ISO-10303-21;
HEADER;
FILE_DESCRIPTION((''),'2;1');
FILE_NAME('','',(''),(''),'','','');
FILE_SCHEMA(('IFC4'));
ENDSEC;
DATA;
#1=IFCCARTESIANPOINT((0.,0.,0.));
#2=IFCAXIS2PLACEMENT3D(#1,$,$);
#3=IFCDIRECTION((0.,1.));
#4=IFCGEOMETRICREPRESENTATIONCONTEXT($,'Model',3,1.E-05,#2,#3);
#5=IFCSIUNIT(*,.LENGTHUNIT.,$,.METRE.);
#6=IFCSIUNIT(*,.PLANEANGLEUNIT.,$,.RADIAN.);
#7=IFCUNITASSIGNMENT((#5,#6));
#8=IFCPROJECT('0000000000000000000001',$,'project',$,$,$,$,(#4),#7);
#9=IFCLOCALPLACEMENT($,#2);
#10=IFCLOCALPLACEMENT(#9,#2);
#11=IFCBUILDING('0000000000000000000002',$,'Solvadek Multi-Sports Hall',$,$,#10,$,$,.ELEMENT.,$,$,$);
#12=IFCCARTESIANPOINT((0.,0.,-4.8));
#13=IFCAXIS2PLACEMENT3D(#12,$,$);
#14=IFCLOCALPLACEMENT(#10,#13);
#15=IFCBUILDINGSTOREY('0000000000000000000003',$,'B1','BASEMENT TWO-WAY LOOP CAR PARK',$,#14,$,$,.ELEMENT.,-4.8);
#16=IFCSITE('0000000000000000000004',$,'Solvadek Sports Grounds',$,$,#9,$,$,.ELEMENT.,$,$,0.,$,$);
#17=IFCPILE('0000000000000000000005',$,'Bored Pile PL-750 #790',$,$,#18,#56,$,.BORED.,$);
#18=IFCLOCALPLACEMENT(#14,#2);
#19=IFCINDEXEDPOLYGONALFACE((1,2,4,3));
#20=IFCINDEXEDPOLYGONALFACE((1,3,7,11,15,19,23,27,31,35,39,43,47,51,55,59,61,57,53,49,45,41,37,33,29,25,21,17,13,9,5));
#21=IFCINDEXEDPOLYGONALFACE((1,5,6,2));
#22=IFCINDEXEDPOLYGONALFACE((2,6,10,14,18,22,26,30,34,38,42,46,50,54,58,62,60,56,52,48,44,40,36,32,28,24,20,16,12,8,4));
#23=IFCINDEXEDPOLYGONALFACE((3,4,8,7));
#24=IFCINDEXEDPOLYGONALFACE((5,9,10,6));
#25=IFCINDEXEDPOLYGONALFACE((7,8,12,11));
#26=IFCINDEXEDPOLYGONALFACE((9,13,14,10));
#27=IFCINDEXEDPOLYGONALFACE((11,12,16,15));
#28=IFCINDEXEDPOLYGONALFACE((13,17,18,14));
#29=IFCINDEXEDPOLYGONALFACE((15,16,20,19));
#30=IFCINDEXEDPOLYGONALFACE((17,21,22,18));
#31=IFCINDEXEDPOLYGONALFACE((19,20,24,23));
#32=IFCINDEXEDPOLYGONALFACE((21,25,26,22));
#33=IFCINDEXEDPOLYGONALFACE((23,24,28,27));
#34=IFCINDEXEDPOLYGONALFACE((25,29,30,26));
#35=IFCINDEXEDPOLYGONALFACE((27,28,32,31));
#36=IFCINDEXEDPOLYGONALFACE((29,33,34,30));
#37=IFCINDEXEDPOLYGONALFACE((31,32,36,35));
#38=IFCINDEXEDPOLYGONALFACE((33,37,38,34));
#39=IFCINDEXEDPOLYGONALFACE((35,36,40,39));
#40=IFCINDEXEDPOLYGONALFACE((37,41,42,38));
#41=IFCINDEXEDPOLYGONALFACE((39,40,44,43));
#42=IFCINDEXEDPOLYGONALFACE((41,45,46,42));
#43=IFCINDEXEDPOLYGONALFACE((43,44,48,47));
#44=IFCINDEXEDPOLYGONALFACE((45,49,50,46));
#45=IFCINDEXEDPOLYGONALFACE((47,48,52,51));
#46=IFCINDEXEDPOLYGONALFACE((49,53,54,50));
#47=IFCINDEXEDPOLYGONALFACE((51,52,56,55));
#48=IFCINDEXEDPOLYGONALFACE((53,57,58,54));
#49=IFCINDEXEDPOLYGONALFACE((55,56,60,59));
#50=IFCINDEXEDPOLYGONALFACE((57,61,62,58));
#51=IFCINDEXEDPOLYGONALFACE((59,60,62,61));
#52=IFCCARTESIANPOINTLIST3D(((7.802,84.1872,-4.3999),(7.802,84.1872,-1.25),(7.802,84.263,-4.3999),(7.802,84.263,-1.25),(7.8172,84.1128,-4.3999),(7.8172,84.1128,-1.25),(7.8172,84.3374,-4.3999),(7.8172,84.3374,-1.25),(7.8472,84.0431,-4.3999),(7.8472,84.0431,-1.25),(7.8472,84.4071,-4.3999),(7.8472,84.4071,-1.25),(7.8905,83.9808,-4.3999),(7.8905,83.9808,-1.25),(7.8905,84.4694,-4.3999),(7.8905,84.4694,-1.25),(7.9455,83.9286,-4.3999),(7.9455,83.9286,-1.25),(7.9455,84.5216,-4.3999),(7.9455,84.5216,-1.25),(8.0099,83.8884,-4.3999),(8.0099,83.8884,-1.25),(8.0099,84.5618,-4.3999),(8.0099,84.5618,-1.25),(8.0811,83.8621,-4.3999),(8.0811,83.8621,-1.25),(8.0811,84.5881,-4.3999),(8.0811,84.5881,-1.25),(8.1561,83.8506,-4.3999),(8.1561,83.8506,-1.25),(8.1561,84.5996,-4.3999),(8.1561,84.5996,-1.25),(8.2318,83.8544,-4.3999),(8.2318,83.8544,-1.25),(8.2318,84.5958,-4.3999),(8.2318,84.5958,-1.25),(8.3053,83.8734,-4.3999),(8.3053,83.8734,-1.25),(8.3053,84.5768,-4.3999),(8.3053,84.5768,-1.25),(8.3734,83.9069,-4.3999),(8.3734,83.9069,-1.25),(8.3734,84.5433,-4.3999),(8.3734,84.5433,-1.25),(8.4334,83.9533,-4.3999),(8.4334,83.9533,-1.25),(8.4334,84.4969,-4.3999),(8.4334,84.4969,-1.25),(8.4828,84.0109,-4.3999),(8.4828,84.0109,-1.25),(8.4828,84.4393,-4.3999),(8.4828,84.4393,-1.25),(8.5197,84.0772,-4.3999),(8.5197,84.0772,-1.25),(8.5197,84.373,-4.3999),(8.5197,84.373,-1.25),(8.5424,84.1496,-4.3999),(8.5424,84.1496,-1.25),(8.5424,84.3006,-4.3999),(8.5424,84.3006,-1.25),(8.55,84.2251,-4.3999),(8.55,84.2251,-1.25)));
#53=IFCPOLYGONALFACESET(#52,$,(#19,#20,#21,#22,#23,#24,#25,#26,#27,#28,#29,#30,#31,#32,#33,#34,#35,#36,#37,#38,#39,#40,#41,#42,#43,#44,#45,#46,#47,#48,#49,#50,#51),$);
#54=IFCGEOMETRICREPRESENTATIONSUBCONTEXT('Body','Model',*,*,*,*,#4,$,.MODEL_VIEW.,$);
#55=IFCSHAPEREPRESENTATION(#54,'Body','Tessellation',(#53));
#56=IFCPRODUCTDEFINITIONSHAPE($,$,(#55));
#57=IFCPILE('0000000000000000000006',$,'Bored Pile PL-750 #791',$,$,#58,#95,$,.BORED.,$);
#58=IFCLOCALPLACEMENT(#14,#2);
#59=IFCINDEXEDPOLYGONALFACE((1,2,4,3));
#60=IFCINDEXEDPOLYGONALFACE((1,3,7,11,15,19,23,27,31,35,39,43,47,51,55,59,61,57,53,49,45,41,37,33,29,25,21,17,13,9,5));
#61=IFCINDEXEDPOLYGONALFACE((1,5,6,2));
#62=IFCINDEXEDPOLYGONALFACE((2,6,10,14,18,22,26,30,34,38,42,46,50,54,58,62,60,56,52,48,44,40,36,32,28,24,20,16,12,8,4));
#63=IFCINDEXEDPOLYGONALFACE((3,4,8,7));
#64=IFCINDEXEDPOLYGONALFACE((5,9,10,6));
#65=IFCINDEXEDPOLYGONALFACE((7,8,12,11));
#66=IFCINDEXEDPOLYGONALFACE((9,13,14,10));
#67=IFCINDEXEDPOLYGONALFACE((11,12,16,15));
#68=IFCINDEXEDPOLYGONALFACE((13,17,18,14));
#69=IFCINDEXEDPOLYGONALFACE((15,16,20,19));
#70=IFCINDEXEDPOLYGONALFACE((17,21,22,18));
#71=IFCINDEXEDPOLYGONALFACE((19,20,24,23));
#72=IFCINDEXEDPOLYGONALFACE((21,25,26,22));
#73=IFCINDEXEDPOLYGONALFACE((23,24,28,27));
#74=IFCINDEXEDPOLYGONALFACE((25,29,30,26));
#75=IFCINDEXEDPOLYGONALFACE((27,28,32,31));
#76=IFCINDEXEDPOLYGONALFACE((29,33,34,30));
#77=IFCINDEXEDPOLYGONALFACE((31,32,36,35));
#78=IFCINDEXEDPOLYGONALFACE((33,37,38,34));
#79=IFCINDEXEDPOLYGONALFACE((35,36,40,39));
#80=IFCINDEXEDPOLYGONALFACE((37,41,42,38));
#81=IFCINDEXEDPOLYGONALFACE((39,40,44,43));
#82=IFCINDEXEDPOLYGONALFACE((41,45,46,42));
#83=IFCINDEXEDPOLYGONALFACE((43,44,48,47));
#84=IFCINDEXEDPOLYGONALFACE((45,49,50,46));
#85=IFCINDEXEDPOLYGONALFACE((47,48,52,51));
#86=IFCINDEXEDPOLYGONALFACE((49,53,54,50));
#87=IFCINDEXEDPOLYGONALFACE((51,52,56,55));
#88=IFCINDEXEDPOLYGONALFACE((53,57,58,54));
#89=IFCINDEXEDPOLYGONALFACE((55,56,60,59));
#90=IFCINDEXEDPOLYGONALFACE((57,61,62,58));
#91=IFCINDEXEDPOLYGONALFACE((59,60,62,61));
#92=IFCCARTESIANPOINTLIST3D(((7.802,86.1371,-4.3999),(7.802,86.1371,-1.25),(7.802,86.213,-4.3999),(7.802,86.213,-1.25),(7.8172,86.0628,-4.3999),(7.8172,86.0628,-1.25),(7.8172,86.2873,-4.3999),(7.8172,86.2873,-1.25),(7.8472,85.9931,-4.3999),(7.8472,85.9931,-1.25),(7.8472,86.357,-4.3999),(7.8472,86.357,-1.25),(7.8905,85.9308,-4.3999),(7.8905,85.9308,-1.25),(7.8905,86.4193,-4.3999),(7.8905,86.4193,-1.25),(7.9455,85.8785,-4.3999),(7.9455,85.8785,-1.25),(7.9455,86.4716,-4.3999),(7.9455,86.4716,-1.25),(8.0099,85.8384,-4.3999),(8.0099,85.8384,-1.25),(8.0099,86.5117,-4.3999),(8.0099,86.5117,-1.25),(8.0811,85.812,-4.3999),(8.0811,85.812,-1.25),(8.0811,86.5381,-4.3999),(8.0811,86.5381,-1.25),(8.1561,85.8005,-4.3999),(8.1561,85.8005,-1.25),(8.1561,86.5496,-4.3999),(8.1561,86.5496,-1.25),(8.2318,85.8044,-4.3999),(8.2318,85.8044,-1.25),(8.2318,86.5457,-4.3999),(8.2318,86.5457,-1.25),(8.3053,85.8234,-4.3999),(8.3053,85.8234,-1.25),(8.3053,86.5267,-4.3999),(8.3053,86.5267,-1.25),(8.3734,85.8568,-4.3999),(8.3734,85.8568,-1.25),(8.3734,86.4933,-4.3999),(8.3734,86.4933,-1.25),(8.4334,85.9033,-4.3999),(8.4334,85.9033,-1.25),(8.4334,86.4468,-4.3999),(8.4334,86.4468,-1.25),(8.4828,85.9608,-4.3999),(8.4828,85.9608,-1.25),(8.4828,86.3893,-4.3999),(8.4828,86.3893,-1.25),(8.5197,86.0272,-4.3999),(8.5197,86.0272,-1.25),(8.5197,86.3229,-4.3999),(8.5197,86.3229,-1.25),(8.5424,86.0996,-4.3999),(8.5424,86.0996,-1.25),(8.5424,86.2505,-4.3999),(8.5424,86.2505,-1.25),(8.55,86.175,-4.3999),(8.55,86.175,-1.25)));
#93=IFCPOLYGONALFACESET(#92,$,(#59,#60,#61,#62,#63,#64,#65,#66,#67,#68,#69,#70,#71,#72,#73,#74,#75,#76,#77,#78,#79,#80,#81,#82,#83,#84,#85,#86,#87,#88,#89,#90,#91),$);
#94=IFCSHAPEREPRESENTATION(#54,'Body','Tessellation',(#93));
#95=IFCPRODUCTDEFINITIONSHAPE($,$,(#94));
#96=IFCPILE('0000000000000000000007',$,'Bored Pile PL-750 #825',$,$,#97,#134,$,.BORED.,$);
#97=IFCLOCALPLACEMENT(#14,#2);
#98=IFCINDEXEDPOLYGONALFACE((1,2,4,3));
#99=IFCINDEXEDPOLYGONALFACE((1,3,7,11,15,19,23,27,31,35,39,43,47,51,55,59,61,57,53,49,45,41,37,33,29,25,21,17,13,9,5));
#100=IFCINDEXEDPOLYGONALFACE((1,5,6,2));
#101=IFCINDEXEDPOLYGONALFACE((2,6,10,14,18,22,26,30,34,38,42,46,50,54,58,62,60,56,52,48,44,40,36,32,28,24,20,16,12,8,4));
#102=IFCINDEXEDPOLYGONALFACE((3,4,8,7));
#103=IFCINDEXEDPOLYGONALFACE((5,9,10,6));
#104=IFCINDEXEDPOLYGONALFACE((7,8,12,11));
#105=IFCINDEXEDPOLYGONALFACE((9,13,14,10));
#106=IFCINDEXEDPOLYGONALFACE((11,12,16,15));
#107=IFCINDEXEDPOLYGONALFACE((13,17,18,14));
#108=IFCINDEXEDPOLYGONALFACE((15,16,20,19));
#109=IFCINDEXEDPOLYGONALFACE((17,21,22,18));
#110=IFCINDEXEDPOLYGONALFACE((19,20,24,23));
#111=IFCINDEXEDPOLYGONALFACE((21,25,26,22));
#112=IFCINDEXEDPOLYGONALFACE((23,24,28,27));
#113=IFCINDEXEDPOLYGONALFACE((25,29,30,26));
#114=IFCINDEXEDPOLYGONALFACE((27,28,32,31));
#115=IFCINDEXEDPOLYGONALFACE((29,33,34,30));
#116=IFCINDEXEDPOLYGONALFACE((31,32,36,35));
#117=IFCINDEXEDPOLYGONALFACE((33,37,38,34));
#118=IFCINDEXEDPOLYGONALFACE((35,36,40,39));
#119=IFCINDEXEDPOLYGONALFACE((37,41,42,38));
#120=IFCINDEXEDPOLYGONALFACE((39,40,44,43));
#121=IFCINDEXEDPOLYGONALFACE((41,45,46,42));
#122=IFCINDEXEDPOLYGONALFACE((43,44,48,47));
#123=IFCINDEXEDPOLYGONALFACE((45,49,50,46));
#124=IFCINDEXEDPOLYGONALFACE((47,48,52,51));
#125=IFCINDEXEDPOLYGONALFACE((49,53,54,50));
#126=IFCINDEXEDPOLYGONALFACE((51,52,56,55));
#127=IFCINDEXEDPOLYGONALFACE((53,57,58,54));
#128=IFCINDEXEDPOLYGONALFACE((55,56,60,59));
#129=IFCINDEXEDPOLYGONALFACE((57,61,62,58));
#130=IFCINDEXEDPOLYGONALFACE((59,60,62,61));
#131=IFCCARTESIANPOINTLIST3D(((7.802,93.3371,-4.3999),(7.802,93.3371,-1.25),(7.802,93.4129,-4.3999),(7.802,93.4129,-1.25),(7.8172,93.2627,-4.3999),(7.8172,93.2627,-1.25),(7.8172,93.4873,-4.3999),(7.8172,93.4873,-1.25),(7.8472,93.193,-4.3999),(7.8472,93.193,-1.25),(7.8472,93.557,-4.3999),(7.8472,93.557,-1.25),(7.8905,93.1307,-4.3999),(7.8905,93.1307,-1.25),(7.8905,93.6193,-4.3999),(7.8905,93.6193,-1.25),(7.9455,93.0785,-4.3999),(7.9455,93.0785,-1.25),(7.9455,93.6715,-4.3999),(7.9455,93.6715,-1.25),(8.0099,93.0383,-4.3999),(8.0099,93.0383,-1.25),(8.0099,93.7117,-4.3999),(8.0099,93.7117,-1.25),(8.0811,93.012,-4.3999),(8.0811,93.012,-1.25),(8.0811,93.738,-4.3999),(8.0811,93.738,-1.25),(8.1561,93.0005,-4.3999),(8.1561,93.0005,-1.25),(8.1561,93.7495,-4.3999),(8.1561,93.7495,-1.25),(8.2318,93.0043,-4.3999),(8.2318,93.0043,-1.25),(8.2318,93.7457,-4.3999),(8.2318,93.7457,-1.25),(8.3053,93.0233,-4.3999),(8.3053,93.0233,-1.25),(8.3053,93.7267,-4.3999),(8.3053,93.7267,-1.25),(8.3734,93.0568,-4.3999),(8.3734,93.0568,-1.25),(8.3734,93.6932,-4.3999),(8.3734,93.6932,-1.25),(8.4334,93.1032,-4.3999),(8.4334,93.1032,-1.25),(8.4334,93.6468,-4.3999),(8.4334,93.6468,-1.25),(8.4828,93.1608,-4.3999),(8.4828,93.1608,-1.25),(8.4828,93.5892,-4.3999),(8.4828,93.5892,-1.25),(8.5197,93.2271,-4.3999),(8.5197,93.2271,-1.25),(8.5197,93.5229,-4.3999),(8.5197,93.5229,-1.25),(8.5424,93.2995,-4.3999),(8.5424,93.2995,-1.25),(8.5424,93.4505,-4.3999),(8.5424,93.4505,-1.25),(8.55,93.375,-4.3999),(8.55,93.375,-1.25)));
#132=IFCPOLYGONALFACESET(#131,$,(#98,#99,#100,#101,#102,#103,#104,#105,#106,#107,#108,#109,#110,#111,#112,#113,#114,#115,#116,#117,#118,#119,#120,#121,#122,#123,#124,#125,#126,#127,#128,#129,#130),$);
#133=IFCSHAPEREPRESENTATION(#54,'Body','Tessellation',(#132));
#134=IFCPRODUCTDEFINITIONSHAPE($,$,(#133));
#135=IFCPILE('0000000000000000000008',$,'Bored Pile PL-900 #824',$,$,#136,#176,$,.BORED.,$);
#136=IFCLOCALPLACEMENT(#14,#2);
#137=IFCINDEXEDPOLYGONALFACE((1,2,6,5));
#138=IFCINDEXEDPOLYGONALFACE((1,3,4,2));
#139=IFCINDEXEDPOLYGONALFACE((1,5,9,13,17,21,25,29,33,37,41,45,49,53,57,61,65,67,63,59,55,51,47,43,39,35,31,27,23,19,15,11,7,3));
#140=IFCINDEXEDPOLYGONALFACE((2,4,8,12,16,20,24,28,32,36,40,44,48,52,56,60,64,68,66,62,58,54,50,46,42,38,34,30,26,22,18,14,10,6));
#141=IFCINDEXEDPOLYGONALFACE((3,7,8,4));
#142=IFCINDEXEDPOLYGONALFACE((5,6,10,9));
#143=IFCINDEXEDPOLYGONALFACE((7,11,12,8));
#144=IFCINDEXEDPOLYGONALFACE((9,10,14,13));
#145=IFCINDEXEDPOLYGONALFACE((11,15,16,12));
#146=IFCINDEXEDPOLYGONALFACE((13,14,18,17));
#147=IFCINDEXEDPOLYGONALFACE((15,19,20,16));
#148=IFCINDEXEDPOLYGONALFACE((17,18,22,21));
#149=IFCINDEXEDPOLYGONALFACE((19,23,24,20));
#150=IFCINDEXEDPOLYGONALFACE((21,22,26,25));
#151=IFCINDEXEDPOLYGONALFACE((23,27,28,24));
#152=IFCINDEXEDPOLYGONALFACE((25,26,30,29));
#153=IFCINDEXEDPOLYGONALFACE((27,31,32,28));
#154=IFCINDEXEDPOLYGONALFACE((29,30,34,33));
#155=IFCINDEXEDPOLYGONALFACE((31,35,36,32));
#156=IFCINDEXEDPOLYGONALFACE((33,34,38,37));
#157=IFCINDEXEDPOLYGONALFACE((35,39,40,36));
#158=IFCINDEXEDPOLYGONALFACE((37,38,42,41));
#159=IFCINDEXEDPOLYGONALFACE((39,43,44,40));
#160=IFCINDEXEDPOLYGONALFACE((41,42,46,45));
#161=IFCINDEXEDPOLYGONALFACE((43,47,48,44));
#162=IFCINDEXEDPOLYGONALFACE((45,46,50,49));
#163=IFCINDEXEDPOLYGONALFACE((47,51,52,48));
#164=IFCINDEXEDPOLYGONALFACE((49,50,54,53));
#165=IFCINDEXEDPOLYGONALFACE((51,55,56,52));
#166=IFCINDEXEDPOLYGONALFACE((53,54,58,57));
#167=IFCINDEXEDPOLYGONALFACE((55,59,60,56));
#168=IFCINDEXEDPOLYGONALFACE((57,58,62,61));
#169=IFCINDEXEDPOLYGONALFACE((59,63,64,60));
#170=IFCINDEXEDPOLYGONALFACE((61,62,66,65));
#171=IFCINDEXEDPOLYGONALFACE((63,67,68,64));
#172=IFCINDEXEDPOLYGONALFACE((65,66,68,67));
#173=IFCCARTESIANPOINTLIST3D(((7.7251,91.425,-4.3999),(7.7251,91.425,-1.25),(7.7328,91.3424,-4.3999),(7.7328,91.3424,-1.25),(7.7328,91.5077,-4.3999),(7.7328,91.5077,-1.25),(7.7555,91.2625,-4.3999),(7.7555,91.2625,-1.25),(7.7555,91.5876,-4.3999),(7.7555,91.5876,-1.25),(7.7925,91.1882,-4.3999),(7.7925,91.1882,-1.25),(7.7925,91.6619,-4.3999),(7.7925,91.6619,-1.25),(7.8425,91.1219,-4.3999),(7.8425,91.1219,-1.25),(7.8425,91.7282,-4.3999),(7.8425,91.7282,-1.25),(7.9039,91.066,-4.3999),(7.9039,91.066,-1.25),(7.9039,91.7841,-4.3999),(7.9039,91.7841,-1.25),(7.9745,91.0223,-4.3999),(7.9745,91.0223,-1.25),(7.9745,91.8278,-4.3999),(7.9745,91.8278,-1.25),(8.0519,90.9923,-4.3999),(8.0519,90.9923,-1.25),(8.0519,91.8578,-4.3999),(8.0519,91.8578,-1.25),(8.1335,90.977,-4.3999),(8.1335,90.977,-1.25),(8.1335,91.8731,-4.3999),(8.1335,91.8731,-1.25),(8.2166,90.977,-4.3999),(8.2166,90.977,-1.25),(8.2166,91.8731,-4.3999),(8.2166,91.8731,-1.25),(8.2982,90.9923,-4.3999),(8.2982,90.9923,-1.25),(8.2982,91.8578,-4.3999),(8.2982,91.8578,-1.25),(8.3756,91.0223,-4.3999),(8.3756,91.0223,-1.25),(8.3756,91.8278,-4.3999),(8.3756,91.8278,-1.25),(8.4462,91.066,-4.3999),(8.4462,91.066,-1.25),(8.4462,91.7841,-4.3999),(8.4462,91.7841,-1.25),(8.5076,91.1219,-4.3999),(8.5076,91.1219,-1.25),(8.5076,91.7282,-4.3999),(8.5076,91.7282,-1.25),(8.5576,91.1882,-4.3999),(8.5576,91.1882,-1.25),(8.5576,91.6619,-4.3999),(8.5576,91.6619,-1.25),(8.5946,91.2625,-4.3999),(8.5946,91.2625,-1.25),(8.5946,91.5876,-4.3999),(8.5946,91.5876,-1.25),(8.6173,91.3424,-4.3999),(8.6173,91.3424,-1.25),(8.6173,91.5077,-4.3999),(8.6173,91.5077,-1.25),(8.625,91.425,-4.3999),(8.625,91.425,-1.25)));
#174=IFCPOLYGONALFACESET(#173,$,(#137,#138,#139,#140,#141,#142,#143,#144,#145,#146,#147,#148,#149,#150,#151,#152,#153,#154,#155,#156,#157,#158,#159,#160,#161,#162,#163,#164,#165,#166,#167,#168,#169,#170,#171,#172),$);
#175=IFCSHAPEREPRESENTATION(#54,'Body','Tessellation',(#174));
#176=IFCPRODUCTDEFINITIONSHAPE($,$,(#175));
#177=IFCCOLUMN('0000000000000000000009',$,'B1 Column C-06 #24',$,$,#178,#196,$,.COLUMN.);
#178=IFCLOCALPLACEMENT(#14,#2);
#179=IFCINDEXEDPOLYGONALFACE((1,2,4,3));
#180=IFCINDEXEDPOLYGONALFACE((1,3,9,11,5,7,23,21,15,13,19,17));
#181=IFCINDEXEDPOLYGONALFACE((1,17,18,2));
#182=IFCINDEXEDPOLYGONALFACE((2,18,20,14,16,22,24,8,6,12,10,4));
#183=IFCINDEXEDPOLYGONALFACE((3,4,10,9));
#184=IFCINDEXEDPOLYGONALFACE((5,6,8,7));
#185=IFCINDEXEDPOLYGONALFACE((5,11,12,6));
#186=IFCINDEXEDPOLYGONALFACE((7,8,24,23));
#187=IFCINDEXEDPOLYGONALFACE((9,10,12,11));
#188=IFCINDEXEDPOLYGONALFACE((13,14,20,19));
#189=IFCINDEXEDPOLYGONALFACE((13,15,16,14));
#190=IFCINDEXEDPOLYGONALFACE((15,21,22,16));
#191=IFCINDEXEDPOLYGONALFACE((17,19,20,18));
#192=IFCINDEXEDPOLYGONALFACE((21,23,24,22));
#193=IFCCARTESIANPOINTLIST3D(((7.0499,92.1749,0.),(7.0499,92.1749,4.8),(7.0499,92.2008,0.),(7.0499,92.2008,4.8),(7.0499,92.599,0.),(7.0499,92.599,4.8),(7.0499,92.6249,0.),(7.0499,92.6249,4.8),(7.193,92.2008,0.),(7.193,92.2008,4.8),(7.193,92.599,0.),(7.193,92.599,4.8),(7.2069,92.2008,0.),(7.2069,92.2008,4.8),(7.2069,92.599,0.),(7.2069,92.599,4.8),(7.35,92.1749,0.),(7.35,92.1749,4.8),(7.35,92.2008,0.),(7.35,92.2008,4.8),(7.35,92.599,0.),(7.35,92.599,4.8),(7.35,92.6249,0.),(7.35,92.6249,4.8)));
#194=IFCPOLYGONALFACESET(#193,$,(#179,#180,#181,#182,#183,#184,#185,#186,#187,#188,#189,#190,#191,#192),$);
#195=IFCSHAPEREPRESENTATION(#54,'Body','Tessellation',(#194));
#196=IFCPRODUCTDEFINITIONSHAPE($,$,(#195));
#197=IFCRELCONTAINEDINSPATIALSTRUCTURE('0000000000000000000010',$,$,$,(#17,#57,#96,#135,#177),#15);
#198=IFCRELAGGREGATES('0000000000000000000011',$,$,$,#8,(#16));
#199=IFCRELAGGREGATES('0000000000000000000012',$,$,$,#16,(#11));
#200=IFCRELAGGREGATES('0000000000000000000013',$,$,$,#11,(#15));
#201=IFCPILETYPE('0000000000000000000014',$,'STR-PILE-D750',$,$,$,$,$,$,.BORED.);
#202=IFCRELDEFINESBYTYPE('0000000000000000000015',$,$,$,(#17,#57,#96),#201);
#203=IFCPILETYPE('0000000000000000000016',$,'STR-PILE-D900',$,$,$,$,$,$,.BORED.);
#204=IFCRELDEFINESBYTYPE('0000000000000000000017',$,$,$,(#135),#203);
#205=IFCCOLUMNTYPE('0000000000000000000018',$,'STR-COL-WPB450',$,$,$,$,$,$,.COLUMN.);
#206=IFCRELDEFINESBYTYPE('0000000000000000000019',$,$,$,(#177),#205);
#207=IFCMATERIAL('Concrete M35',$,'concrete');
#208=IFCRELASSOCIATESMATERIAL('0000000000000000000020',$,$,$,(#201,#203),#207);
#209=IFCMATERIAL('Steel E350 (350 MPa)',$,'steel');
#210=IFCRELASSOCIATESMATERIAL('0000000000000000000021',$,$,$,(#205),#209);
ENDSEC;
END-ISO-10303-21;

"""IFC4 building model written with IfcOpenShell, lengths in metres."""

from ifc_helpers import new_model, si_unit, direction, frame, origin, origin_2d, place, context, subcontext, project, spatial, circle, i_section, extrude, material, material_profile, profile_set, type_object, element, save


model = new_model("IFC4")

# Units and contexts
model_context = context("Model", 3, precision=1e-05, world=origin(), true_north=direction((0.0, 1.0)))
body_context = subcontext(model_context, "Body", "Model", "MODEL_VIEW")
ifc_project = project(units=[si_unit("LENGTHUNIT", "METRE"), si_unit("PLANEANGLEUNIT", "RADIAN")], contexts=[model_context])

# Site, building, storey
site_placement = place(None, origin())
site = spatial("IfcSite", under=ifc_project, at=site_placement, Name="Solvadek Sports Grounds", CompositionType="ELEMENT", RefElevation=0.0)
building_placement = place(site_placement, origin())
building = spatial("IfcBuilding", under=site, at=building_placement, Name="Solvadek Multi-Sports Hall", CompositionType="ELEMENT")
storey_placement = place(building_placement, frame((0.0, 0.0, -4.8)))
storey = spatial("IfcBuildingStorey", under=building, at=storey_placement, Name="B1", Description="BASEMENT TWO-WAY LOOP CAR PARK", CompositionType="ELEMENT", Elevation=-4.8)

# Piles
ifc_material_1 = material(Name="Concrete M35", Category="concrete")
ifc_material_profile_1 = material_profile(ifc_material_1, circle(Radius=0.375, at=origin_2d()), Name="BORED PILE D750")
ifc_profile_set_1 = profile_set([ifc_material_profile_1], Name="Concrete M35")
pile_type_1 = type_object("IfcPileType", Name="STR-PILE-D750", PredefinedType="BORED", material=ifc_profile_set_1)
for number, where, z_axis, x_axis, name in (
    (1, (8.175, 84.2251, -1.25), (0.0, 0.0, -1.0), (1.0, 0.0, 0.0), "Bored Pile PL-750 #790"),
    (2, (8.175, 86.175, -1.25), (0.0, 0.0, -1.0), (1.0, 0.0, 0.0), "Bored Pile PL-750 #791"),
    (3, (8.175, 93.375, -1.25), (0.0, 0.0, -1.0), (1.0, 0.0, 0.0), "Bored Pile PL-750 #825"),
):
    element("IfcPile", number, at=place(storey_placement, frame(where, z_axis=z_axis, x_axis=x_axis)), inside=storey, type_object=pile_type_1, Name=name, PredefinedType="BORED", context=body_context, shape_type="SweptSolid", body=[
        extrude(circle(Radius=0.375, at=origin_2d()), origin(), (0.0, 0.0, 1.0), 3.1499),
    ])
ifc_material_profile_2 = material_profile(ifc_material_1, circle(Radius=0.45, at=origin_2d()), Name="BORED PILE D900")
ifc_profile_set_2 = profile_set([ifc_material_profile_2], Name="Concrete M35")
pile_type_2 = type_object("IfcPileType", Name="STR-PILE-D900", PredefinedType="BORED", material=ifc_profile_set_2)
pile_1_placement = place(storey_placement, frame((8.175, 91.425, -1.25), z_axis=(0.0, 0.0, -1.0), x_axis=(1.0, 0.0, 0.0)))
element("IfcPile", 4, at=pile_1_placement, inside=storey, type_object=pile_type_2, Name="Bored Pile PL-900 #824", PredefinedType="BORED", context=body_context, shape_type="SweptSolid", body=[
    extrude(circle(Radius=0.45, at=origin_2d()), origin(), (0.0, 0.0, 1.0), 3.1499),
])

# Column
ifc_material_2 = material(Name="Steel E350 (350 MPa)", Category="steel")
ifc_material_profile_3 = material_profile(ifc_material_2, i_section(OverallWidth=0.3, OverallDepth=0.45, WebThickness=0.0139, FlangeThickness=0.0259, at=origin_2d()), Name="WPB 450")
ifc_profile_set_3 = profile_set([ifc_material_profile_3], Name="Steel E350 (350 MPa)")
column_type_1 = type_object("IfcColumnType", Name="STR-COL-WPB450", PredefinedType="COLUMN", material=ifc_profile_set_3)
column_placement = place(storey_placement, frame((7.2, 92.3999, 0.0), z_axis=(0.0, 0.0, 1.0), x_axis=(1.0, 0.0, 0.0)))
element("IfcColumn", 5, at=column_placement, inside=storey, type_object=column_type_1, Name="B1 Column C-06 #24", PredefinedType="COLUMN", context=body_context, shape_type="SweptSolid", body=[
    extrude(i_section(OverallWidth=0.3, OverallDepth=0.45, WebThickness=0.0139, FlangeThickness=0.0259, at=origin_2d()), origin(), (0.0, 0.0, 1.0), 4.8),
])

save(model, "model.ifc")
